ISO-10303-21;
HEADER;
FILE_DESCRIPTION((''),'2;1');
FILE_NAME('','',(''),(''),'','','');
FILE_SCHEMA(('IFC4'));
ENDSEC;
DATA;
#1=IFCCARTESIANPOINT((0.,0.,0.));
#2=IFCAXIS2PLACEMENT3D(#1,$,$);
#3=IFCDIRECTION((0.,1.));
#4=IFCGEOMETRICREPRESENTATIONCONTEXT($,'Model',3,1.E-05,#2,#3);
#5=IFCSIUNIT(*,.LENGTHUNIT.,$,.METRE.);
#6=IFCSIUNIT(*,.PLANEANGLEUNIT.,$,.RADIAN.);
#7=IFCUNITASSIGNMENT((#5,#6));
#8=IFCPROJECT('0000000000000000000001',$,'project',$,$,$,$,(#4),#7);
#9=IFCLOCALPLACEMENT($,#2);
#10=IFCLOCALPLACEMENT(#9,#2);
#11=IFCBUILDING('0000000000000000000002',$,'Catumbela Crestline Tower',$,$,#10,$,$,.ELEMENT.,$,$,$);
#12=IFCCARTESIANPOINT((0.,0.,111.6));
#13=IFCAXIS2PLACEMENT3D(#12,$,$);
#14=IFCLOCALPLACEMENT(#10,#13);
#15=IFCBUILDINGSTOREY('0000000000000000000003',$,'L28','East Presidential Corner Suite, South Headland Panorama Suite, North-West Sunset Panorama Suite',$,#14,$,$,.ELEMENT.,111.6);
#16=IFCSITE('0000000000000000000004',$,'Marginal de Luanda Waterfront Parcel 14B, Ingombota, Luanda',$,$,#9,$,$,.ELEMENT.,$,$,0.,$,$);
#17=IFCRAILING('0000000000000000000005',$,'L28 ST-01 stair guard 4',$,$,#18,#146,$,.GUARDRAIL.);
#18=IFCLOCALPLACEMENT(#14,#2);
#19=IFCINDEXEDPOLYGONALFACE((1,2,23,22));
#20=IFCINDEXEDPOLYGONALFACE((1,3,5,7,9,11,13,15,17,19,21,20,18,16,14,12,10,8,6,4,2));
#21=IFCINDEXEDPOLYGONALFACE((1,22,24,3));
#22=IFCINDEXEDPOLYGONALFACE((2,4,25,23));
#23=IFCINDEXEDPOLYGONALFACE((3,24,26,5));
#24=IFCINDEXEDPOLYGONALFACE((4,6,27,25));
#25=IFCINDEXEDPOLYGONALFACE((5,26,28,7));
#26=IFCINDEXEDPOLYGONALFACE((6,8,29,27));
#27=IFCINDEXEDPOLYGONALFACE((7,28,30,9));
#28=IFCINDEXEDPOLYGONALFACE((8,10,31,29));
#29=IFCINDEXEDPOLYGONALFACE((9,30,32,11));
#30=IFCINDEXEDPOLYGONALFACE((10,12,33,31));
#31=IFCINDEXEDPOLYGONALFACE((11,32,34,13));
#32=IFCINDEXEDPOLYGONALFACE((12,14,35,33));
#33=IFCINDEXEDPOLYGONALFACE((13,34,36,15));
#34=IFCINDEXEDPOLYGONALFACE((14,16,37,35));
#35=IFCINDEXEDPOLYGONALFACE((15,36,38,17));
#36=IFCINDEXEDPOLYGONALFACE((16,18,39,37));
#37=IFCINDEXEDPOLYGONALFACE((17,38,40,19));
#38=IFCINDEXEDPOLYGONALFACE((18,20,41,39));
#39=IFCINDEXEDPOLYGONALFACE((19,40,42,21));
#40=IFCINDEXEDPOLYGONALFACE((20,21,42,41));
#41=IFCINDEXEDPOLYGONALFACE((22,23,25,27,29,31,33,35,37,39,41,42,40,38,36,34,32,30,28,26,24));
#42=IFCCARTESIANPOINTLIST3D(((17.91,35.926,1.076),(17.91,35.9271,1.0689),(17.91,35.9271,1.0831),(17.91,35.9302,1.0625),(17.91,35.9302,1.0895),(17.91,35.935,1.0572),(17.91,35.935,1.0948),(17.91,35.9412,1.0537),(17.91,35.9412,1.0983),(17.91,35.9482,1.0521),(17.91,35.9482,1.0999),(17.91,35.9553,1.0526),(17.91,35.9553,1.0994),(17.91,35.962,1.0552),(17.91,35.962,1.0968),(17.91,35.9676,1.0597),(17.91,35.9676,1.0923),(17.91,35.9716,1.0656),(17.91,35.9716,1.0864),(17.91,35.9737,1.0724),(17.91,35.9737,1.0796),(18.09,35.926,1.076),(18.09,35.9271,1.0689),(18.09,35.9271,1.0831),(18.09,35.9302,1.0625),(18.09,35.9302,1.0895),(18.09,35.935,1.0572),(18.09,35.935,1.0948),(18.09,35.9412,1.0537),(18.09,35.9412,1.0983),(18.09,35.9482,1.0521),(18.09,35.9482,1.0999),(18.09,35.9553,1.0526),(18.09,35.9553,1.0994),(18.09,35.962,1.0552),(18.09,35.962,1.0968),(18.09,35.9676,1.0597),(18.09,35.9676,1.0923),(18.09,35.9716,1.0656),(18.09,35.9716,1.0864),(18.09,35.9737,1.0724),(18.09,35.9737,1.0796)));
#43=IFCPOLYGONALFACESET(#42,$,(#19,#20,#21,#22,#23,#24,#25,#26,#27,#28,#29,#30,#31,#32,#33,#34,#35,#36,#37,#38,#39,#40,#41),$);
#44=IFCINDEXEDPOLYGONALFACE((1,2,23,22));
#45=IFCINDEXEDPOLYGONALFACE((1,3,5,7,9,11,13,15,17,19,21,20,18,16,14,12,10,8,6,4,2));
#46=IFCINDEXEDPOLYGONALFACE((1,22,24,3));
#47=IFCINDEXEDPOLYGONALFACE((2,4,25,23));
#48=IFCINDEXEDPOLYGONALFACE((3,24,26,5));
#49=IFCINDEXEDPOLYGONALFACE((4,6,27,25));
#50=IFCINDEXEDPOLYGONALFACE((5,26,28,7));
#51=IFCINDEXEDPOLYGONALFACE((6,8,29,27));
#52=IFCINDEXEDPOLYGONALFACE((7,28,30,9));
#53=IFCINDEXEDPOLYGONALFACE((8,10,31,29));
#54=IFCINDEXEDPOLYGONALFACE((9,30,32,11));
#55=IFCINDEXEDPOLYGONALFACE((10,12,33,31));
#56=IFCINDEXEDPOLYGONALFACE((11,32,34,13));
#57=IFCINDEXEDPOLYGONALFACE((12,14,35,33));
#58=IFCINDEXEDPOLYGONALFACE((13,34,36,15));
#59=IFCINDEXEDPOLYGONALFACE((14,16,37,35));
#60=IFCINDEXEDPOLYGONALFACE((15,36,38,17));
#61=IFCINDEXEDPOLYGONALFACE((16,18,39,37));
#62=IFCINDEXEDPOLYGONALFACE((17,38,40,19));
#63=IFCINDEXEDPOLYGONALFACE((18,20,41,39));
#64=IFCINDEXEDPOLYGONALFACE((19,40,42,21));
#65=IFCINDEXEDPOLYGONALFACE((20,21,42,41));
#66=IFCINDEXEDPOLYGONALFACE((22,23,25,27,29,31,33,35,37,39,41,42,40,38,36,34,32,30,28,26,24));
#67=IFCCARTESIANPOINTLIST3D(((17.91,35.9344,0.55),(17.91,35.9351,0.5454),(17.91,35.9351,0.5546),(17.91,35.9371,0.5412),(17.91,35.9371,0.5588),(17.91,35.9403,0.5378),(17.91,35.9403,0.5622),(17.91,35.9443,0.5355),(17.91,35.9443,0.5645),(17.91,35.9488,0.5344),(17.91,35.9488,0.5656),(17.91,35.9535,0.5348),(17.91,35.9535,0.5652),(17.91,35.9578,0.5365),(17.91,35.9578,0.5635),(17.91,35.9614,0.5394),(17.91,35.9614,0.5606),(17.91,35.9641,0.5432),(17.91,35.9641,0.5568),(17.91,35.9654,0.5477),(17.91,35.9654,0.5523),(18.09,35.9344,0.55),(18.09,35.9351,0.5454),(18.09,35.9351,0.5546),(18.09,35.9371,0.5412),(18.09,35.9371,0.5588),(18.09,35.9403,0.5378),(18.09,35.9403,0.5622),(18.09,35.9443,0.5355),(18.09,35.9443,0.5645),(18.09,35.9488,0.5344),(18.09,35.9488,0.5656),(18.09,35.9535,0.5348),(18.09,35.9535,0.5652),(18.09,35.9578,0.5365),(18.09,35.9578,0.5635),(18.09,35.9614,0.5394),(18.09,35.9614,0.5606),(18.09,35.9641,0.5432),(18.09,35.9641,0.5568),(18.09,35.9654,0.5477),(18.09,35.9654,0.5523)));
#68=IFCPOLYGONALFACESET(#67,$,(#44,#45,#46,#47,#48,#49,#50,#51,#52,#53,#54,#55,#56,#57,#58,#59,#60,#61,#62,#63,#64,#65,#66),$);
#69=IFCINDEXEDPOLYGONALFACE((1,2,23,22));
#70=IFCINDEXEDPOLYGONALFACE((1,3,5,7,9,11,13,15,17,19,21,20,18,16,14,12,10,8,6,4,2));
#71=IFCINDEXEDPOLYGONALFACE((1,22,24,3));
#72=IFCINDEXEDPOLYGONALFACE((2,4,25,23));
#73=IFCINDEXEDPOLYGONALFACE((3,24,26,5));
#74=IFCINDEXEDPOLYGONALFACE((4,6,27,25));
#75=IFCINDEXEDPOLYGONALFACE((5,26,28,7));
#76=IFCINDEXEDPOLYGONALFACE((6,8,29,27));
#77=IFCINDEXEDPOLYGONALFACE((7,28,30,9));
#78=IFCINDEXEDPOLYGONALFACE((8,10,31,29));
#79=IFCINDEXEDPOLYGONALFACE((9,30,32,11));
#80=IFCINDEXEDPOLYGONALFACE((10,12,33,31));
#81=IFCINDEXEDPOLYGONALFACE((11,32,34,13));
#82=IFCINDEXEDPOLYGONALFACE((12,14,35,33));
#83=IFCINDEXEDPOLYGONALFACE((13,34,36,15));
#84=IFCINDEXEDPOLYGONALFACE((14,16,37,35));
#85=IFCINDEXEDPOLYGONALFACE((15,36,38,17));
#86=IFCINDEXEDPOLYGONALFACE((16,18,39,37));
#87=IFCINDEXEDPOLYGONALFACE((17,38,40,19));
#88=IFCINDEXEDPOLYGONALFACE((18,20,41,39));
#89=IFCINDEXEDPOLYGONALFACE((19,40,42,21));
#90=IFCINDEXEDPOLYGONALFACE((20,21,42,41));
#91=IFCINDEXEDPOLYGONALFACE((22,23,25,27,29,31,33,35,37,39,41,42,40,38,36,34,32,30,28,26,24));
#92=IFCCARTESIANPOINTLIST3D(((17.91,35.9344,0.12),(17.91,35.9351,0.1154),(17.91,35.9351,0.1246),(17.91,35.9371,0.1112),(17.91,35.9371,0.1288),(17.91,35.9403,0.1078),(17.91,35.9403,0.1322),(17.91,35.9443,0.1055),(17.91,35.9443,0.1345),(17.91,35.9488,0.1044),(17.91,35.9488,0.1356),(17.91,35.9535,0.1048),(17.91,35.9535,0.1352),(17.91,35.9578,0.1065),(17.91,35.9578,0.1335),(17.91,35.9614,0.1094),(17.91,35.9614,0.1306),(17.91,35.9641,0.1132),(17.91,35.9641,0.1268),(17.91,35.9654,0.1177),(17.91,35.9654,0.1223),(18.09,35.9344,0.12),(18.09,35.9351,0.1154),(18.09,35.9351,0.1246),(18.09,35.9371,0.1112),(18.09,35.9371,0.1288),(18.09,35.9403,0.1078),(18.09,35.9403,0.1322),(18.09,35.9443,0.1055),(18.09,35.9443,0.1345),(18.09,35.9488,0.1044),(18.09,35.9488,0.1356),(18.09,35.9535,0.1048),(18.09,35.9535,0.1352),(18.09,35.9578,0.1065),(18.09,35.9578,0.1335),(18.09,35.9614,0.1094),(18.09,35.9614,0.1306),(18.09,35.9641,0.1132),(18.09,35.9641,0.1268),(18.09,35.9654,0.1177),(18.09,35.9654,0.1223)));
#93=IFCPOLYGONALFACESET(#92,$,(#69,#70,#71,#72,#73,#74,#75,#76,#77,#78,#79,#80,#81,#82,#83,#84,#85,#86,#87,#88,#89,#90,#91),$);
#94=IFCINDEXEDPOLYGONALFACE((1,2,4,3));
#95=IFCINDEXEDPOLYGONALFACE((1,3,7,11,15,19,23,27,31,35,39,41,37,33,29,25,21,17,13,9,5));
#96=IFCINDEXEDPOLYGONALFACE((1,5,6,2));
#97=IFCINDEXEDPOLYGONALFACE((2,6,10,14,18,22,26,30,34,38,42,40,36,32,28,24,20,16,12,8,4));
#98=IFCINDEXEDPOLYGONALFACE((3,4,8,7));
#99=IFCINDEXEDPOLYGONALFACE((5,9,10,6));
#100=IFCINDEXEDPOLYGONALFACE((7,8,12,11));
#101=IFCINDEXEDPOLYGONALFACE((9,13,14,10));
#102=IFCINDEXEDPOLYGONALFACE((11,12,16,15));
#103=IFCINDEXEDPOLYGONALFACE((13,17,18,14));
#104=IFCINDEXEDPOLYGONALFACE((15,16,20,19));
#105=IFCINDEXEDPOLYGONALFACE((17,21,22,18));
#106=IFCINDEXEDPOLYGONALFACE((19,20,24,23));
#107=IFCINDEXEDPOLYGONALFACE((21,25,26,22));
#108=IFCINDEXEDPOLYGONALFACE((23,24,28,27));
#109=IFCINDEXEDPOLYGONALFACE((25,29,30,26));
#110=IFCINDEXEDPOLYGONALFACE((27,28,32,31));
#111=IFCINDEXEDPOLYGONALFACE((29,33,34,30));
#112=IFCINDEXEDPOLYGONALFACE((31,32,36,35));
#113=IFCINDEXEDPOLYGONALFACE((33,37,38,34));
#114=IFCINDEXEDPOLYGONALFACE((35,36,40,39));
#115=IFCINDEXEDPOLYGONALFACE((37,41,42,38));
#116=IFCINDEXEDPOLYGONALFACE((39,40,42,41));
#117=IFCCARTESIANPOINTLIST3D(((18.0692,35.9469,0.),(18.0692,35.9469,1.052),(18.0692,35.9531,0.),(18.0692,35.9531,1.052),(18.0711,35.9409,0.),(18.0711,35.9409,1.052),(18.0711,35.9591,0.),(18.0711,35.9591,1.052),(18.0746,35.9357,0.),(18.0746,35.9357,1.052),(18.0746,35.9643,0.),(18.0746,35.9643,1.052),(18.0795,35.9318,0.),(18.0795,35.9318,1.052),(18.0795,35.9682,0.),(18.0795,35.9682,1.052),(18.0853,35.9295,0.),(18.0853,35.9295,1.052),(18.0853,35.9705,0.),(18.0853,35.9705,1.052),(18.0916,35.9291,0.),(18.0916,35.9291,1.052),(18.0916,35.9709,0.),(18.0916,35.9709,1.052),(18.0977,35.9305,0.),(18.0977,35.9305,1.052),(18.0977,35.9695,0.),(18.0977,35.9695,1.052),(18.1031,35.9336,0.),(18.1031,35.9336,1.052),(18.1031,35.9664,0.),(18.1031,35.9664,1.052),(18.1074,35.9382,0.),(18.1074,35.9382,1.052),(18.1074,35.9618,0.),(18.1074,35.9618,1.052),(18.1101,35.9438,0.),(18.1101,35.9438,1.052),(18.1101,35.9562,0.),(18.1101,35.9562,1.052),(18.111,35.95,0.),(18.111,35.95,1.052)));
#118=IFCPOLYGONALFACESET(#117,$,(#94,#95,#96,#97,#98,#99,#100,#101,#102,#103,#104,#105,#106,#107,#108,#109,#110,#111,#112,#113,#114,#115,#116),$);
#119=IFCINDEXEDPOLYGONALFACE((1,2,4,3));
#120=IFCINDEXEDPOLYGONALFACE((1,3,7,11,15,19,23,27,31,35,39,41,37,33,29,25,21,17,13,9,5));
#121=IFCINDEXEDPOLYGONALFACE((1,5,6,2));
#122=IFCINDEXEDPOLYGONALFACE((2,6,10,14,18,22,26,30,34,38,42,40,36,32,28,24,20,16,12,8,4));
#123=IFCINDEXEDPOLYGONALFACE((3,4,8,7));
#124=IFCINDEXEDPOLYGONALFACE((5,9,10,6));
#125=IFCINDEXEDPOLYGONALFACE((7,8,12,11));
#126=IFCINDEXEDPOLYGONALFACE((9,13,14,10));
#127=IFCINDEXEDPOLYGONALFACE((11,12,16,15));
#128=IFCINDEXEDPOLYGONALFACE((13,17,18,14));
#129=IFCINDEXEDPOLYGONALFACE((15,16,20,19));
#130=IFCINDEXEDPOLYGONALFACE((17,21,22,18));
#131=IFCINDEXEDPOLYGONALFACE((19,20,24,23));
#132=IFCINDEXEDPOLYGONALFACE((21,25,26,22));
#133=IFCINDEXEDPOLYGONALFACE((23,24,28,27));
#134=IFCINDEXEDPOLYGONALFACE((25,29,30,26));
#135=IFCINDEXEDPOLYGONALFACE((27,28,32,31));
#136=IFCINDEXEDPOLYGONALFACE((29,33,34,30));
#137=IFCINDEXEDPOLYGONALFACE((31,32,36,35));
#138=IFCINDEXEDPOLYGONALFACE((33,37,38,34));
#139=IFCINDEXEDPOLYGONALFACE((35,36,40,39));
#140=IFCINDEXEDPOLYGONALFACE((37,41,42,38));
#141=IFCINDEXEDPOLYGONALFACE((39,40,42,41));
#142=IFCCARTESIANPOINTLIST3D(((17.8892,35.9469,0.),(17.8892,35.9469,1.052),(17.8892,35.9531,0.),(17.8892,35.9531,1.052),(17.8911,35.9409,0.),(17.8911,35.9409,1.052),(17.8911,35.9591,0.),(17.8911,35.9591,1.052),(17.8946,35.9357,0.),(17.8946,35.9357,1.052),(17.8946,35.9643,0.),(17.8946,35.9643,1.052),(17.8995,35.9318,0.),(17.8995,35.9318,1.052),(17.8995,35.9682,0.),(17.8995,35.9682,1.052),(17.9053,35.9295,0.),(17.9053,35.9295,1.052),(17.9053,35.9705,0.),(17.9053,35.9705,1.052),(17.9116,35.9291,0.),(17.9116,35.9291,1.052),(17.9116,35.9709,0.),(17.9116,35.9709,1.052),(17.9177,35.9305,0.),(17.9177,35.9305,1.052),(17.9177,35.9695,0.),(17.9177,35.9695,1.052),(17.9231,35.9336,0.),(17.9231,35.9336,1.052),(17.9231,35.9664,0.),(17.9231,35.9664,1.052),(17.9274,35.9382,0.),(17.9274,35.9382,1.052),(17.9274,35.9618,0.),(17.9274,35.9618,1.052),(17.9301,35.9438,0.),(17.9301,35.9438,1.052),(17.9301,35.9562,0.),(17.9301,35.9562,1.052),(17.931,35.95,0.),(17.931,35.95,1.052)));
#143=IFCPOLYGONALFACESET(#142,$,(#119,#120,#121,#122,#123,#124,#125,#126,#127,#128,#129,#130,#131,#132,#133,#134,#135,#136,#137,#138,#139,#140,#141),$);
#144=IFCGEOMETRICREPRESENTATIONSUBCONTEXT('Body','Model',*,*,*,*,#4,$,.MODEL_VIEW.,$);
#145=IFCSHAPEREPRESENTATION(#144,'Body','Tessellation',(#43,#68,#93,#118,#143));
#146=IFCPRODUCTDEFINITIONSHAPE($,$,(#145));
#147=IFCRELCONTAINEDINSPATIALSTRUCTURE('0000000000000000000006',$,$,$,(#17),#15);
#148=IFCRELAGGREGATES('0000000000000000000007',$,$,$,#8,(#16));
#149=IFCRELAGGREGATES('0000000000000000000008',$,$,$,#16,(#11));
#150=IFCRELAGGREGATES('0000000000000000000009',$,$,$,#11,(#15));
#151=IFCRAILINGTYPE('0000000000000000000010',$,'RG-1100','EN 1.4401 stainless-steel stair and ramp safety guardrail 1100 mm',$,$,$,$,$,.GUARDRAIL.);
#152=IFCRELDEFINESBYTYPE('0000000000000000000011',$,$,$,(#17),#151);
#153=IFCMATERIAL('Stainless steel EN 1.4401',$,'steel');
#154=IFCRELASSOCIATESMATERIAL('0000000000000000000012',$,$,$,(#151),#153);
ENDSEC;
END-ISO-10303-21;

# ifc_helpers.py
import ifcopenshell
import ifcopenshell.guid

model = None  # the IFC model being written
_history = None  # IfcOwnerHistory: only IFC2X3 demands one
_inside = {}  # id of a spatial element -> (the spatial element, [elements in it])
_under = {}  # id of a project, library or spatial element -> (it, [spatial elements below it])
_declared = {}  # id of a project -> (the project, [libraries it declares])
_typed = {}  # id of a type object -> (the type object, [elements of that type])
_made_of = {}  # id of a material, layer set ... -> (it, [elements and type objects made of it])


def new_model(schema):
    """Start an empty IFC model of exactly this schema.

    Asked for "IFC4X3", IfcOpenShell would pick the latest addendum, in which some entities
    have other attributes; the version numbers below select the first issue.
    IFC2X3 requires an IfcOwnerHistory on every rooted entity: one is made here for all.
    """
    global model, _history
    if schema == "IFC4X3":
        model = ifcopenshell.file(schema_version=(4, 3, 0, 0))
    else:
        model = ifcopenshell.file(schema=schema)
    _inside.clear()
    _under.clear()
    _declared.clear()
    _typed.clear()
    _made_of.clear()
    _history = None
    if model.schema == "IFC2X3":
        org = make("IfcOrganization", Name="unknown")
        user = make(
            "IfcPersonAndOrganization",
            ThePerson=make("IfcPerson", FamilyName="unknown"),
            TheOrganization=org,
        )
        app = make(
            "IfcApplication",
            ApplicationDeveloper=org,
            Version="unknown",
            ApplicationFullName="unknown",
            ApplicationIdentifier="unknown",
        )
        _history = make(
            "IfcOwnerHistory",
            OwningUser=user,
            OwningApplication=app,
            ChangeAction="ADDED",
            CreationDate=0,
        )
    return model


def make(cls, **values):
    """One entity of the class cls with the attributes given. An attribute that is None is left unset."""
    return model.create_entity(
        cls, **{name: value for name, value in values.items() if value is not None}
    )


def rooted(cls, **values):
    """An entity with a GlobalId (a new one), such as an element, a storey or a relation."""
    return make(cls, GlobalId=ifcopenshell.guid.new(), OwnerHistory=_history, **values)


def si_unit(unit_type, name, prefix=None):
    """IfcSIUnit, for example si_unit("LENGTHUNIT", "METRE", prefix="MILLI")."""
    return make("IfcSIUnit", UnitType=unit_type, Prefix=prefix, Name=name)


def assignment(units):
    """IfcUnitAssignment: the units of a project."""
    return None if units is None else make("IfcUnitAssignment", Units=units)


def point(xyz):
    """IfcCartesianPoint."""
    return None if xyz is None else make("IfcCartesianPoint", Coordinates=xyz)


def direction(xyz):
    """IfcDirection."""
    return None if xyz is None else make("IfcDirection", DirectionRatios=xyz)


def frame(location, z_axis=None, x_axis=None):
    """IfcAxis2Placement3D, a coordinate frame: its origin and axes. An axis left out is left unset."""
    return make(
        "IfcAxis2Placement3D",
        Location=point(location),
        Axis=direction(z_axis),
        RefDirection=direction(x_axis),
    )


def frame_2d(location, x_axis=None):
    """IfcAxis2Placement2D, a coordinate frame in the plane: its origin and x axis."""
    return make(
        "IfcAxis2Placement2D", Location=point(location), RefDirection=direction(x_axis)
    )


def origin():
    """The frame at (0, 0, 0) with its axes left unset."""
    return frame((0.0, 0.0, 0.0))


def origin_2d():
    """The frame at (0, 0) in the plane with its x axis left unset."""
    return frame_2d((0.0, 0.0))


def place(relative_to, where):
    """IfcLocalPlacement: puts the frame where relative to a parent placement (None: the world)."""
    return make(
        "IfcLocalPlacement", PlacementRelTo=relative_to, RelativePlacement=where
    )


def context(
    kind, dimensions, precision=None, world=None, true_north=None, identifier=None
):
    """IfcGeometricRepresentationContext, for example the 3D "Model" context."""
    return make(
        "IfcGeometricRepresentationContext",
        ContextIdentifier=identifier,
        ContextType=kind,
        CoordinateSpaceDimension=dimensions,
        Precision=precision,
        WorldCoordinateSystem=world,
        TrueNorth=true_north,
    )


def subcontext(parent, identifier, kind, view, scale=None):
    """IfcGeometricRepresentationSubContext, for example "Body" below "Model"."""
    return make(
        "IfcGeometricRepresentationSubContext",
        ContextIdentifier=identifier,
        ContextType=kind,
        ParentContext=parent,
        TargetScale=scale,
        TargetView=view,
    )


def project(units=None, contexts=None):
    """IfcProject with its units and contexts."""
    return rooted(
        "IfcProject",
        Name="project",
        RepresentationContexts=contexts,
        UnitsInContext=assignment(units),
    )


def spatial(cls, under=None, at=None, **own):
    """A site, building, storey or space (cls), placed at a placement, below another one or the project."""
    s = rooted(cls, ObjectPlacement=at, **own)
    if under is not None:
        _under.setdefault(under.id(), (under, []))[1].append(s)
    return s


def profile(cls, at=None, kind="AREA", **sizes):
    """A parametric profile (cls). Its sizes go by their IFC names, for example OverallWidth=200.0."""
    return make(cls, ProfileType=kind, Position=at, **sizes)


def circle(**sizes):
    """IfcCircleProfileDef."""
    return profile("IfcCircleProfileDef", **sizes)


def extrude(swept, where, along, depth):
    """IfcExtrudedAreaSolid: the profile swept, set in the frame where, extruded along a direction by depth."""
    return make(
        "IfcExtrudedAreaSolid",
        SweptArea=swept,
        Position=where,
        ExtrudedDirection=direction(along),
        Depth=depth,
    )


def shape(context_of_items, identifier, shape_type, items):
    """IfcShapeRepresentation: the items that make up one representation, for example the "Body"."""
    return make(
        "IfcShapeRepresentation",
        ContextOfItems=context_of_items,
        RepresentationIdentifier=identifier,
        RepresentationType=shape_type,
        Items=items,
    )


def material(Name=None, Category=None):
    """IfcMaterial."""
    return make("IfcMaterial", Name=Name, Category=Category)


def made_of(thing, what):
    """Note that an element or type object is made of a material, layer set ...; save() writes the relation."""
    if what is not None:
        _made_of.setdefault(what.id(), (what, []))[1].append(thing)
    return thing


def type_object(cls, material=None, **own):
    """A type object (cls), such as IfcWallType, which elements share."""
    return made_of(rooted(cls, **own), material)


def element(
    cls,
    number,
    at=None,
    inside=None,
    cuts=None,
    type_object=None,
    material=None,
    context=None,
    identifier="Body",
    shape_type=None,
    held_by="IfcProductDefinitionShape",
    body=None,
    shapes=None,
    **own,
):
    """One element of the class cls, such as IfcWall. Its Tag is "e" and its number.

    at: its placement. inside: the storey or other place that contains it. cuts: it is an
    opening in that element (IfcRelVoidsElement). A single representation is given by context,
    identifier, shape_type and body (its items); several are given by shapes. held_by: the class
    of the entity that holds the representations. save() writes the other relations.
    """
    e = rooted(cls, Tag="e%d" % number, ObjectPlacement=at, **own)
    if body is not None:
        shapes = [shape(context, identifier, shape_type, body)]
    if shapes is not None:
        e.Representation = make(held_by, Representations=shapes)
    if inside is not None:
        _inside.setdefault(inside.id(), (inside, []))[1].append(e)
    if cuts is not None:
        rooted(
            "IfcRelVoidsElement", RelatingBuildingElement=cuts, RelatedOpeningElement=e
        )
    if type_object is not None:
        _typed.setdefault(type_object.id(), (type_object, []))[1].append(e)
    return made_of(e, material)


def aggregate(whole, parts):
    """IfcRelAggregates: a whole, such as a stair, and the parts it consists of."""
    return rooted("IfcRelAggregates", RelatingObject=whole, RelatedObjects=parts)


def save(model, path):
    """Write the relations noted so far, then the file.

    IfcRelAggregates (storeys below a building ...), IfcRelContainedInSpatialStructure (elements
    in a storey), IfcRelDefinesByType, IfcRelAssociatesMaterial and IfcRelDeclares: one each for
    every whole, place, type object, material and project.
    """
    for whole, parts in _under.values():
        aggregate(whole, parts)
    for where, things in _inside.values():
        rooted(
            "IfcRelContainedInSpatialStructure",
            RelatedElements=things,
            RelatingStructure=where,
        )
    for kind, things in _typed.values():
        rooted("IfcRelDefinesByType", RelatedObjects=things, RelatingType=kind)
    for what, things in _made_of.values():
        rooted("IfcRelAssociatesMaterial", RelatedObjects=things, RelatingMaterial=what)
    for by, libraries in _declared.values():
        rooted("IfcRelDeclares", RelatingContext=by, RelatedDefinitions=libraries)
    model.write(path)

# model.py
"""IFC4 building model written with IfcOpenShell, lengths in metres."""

from ifc_helpers import new_model, si_unit, direction, frame, origin, origin_2d, place, context, subcontext, project, spatial, circle, extrude, material, type_object, element, save


model = new_model("IFC4")

# Units and contexts
model_context = context("Model", 3, precision=1e-05, world=origin(), true_north=direction((0.0, 1.0)))
body_context = subcontext(model_context, "Body", "Model", "MODEL_VIEW")
ifc_project = project(units=[si_unit("LENGTHUNIT", "METRE"), si_unit("PLANEANGLEUNIT", "RADIAN")], contexts=[model_context])

# Site, building, storey
site_placement = place(None, origin())
site = spatial("IfcSite", under=ifc_project, at=site_placement, Name="Marginal de Luanda Waterfront Parcel 14B, Ingombota, Luanda", CompositionType="ELEMENT", RefElevation=0.0)
building_placement = place(site_placement, origin())
building = spatial("IfcBuilding", under=site, at=building_placement, Name="Catumbela Crestline Tower", CompositionType="ELEMENT")
storey_placement = place(building_placement, frame((0.0, 0.0, 111.6)))
storey = spatial("IfcBuildingStorey", under=building, at=storey_placement, Name="L28", Description="East Presidential Corner Suite, South Headland Panorama Suite, North-West Sunset Panorama Suite", CompositionType="ELEMENT", Elevation=111.6)

# Railing
ifc_material_1 = material(Name="Stainless steel EN 1.4401", Category="steel")
railing_type_1 = type_object("IfcRailingType", Name="RG-1100", Description="EN 1.4401 stainless-steel stair and ramp safety guardrail 1100 mm", PredefinedType="GUARDRAIL", material=ifc_material_1)
railing_1_placement = place(storey_placement, frame((18.09, 35.95, 0.0)))
element("IfcRailing", 1, at=railing_1_placement, inside=storey, type_object=railing_type_1, Name="L28 ST-01 stair guard 4", PredefinedType="GUARDRAIL", context=body_context, shape_type="SweptSolid", body=[
    extrude(circle(Radius=0.024, at=origin_2d()), frame((0.0, 0.0, 1.076), z_axis=(-1.0, 0.0, 0.0), x_axis=(0.0, -1.0, 0.0)), (0.0, 0.0, 1.0), 0.18),
    extrude(circle(Radius=0.0156, at=origin_2d()), frame((0.0, 0.0, 0.55), z_axis=(-1.0, 0.0, 0.0), x_axis=(0.0, -1.0, 0.0)), (0.0, 0.0, 1.0), 0.18),
    extrude(circle(Radius=0.0156, at=origin_2d()), frame((0.0, 0.0, 0.12), z_axis=(-1.0, 0.0, 0.0), x_axis=(0.0, -1.0, 0.0)), (0.0, 0.0, 1.0), 0.18),
    extrude(circle(Radius=0.021, at=origin_2d()), origin(), (0.0, 0.0, 1.0), 1.052),
    extrude(circle(Radius=0.021, at=origin_2d()), frame((-0.18, 0.0, 0.0)), (0.0, 0.0, 1.0), 1.052),
])

save(model, "model.ifc")
